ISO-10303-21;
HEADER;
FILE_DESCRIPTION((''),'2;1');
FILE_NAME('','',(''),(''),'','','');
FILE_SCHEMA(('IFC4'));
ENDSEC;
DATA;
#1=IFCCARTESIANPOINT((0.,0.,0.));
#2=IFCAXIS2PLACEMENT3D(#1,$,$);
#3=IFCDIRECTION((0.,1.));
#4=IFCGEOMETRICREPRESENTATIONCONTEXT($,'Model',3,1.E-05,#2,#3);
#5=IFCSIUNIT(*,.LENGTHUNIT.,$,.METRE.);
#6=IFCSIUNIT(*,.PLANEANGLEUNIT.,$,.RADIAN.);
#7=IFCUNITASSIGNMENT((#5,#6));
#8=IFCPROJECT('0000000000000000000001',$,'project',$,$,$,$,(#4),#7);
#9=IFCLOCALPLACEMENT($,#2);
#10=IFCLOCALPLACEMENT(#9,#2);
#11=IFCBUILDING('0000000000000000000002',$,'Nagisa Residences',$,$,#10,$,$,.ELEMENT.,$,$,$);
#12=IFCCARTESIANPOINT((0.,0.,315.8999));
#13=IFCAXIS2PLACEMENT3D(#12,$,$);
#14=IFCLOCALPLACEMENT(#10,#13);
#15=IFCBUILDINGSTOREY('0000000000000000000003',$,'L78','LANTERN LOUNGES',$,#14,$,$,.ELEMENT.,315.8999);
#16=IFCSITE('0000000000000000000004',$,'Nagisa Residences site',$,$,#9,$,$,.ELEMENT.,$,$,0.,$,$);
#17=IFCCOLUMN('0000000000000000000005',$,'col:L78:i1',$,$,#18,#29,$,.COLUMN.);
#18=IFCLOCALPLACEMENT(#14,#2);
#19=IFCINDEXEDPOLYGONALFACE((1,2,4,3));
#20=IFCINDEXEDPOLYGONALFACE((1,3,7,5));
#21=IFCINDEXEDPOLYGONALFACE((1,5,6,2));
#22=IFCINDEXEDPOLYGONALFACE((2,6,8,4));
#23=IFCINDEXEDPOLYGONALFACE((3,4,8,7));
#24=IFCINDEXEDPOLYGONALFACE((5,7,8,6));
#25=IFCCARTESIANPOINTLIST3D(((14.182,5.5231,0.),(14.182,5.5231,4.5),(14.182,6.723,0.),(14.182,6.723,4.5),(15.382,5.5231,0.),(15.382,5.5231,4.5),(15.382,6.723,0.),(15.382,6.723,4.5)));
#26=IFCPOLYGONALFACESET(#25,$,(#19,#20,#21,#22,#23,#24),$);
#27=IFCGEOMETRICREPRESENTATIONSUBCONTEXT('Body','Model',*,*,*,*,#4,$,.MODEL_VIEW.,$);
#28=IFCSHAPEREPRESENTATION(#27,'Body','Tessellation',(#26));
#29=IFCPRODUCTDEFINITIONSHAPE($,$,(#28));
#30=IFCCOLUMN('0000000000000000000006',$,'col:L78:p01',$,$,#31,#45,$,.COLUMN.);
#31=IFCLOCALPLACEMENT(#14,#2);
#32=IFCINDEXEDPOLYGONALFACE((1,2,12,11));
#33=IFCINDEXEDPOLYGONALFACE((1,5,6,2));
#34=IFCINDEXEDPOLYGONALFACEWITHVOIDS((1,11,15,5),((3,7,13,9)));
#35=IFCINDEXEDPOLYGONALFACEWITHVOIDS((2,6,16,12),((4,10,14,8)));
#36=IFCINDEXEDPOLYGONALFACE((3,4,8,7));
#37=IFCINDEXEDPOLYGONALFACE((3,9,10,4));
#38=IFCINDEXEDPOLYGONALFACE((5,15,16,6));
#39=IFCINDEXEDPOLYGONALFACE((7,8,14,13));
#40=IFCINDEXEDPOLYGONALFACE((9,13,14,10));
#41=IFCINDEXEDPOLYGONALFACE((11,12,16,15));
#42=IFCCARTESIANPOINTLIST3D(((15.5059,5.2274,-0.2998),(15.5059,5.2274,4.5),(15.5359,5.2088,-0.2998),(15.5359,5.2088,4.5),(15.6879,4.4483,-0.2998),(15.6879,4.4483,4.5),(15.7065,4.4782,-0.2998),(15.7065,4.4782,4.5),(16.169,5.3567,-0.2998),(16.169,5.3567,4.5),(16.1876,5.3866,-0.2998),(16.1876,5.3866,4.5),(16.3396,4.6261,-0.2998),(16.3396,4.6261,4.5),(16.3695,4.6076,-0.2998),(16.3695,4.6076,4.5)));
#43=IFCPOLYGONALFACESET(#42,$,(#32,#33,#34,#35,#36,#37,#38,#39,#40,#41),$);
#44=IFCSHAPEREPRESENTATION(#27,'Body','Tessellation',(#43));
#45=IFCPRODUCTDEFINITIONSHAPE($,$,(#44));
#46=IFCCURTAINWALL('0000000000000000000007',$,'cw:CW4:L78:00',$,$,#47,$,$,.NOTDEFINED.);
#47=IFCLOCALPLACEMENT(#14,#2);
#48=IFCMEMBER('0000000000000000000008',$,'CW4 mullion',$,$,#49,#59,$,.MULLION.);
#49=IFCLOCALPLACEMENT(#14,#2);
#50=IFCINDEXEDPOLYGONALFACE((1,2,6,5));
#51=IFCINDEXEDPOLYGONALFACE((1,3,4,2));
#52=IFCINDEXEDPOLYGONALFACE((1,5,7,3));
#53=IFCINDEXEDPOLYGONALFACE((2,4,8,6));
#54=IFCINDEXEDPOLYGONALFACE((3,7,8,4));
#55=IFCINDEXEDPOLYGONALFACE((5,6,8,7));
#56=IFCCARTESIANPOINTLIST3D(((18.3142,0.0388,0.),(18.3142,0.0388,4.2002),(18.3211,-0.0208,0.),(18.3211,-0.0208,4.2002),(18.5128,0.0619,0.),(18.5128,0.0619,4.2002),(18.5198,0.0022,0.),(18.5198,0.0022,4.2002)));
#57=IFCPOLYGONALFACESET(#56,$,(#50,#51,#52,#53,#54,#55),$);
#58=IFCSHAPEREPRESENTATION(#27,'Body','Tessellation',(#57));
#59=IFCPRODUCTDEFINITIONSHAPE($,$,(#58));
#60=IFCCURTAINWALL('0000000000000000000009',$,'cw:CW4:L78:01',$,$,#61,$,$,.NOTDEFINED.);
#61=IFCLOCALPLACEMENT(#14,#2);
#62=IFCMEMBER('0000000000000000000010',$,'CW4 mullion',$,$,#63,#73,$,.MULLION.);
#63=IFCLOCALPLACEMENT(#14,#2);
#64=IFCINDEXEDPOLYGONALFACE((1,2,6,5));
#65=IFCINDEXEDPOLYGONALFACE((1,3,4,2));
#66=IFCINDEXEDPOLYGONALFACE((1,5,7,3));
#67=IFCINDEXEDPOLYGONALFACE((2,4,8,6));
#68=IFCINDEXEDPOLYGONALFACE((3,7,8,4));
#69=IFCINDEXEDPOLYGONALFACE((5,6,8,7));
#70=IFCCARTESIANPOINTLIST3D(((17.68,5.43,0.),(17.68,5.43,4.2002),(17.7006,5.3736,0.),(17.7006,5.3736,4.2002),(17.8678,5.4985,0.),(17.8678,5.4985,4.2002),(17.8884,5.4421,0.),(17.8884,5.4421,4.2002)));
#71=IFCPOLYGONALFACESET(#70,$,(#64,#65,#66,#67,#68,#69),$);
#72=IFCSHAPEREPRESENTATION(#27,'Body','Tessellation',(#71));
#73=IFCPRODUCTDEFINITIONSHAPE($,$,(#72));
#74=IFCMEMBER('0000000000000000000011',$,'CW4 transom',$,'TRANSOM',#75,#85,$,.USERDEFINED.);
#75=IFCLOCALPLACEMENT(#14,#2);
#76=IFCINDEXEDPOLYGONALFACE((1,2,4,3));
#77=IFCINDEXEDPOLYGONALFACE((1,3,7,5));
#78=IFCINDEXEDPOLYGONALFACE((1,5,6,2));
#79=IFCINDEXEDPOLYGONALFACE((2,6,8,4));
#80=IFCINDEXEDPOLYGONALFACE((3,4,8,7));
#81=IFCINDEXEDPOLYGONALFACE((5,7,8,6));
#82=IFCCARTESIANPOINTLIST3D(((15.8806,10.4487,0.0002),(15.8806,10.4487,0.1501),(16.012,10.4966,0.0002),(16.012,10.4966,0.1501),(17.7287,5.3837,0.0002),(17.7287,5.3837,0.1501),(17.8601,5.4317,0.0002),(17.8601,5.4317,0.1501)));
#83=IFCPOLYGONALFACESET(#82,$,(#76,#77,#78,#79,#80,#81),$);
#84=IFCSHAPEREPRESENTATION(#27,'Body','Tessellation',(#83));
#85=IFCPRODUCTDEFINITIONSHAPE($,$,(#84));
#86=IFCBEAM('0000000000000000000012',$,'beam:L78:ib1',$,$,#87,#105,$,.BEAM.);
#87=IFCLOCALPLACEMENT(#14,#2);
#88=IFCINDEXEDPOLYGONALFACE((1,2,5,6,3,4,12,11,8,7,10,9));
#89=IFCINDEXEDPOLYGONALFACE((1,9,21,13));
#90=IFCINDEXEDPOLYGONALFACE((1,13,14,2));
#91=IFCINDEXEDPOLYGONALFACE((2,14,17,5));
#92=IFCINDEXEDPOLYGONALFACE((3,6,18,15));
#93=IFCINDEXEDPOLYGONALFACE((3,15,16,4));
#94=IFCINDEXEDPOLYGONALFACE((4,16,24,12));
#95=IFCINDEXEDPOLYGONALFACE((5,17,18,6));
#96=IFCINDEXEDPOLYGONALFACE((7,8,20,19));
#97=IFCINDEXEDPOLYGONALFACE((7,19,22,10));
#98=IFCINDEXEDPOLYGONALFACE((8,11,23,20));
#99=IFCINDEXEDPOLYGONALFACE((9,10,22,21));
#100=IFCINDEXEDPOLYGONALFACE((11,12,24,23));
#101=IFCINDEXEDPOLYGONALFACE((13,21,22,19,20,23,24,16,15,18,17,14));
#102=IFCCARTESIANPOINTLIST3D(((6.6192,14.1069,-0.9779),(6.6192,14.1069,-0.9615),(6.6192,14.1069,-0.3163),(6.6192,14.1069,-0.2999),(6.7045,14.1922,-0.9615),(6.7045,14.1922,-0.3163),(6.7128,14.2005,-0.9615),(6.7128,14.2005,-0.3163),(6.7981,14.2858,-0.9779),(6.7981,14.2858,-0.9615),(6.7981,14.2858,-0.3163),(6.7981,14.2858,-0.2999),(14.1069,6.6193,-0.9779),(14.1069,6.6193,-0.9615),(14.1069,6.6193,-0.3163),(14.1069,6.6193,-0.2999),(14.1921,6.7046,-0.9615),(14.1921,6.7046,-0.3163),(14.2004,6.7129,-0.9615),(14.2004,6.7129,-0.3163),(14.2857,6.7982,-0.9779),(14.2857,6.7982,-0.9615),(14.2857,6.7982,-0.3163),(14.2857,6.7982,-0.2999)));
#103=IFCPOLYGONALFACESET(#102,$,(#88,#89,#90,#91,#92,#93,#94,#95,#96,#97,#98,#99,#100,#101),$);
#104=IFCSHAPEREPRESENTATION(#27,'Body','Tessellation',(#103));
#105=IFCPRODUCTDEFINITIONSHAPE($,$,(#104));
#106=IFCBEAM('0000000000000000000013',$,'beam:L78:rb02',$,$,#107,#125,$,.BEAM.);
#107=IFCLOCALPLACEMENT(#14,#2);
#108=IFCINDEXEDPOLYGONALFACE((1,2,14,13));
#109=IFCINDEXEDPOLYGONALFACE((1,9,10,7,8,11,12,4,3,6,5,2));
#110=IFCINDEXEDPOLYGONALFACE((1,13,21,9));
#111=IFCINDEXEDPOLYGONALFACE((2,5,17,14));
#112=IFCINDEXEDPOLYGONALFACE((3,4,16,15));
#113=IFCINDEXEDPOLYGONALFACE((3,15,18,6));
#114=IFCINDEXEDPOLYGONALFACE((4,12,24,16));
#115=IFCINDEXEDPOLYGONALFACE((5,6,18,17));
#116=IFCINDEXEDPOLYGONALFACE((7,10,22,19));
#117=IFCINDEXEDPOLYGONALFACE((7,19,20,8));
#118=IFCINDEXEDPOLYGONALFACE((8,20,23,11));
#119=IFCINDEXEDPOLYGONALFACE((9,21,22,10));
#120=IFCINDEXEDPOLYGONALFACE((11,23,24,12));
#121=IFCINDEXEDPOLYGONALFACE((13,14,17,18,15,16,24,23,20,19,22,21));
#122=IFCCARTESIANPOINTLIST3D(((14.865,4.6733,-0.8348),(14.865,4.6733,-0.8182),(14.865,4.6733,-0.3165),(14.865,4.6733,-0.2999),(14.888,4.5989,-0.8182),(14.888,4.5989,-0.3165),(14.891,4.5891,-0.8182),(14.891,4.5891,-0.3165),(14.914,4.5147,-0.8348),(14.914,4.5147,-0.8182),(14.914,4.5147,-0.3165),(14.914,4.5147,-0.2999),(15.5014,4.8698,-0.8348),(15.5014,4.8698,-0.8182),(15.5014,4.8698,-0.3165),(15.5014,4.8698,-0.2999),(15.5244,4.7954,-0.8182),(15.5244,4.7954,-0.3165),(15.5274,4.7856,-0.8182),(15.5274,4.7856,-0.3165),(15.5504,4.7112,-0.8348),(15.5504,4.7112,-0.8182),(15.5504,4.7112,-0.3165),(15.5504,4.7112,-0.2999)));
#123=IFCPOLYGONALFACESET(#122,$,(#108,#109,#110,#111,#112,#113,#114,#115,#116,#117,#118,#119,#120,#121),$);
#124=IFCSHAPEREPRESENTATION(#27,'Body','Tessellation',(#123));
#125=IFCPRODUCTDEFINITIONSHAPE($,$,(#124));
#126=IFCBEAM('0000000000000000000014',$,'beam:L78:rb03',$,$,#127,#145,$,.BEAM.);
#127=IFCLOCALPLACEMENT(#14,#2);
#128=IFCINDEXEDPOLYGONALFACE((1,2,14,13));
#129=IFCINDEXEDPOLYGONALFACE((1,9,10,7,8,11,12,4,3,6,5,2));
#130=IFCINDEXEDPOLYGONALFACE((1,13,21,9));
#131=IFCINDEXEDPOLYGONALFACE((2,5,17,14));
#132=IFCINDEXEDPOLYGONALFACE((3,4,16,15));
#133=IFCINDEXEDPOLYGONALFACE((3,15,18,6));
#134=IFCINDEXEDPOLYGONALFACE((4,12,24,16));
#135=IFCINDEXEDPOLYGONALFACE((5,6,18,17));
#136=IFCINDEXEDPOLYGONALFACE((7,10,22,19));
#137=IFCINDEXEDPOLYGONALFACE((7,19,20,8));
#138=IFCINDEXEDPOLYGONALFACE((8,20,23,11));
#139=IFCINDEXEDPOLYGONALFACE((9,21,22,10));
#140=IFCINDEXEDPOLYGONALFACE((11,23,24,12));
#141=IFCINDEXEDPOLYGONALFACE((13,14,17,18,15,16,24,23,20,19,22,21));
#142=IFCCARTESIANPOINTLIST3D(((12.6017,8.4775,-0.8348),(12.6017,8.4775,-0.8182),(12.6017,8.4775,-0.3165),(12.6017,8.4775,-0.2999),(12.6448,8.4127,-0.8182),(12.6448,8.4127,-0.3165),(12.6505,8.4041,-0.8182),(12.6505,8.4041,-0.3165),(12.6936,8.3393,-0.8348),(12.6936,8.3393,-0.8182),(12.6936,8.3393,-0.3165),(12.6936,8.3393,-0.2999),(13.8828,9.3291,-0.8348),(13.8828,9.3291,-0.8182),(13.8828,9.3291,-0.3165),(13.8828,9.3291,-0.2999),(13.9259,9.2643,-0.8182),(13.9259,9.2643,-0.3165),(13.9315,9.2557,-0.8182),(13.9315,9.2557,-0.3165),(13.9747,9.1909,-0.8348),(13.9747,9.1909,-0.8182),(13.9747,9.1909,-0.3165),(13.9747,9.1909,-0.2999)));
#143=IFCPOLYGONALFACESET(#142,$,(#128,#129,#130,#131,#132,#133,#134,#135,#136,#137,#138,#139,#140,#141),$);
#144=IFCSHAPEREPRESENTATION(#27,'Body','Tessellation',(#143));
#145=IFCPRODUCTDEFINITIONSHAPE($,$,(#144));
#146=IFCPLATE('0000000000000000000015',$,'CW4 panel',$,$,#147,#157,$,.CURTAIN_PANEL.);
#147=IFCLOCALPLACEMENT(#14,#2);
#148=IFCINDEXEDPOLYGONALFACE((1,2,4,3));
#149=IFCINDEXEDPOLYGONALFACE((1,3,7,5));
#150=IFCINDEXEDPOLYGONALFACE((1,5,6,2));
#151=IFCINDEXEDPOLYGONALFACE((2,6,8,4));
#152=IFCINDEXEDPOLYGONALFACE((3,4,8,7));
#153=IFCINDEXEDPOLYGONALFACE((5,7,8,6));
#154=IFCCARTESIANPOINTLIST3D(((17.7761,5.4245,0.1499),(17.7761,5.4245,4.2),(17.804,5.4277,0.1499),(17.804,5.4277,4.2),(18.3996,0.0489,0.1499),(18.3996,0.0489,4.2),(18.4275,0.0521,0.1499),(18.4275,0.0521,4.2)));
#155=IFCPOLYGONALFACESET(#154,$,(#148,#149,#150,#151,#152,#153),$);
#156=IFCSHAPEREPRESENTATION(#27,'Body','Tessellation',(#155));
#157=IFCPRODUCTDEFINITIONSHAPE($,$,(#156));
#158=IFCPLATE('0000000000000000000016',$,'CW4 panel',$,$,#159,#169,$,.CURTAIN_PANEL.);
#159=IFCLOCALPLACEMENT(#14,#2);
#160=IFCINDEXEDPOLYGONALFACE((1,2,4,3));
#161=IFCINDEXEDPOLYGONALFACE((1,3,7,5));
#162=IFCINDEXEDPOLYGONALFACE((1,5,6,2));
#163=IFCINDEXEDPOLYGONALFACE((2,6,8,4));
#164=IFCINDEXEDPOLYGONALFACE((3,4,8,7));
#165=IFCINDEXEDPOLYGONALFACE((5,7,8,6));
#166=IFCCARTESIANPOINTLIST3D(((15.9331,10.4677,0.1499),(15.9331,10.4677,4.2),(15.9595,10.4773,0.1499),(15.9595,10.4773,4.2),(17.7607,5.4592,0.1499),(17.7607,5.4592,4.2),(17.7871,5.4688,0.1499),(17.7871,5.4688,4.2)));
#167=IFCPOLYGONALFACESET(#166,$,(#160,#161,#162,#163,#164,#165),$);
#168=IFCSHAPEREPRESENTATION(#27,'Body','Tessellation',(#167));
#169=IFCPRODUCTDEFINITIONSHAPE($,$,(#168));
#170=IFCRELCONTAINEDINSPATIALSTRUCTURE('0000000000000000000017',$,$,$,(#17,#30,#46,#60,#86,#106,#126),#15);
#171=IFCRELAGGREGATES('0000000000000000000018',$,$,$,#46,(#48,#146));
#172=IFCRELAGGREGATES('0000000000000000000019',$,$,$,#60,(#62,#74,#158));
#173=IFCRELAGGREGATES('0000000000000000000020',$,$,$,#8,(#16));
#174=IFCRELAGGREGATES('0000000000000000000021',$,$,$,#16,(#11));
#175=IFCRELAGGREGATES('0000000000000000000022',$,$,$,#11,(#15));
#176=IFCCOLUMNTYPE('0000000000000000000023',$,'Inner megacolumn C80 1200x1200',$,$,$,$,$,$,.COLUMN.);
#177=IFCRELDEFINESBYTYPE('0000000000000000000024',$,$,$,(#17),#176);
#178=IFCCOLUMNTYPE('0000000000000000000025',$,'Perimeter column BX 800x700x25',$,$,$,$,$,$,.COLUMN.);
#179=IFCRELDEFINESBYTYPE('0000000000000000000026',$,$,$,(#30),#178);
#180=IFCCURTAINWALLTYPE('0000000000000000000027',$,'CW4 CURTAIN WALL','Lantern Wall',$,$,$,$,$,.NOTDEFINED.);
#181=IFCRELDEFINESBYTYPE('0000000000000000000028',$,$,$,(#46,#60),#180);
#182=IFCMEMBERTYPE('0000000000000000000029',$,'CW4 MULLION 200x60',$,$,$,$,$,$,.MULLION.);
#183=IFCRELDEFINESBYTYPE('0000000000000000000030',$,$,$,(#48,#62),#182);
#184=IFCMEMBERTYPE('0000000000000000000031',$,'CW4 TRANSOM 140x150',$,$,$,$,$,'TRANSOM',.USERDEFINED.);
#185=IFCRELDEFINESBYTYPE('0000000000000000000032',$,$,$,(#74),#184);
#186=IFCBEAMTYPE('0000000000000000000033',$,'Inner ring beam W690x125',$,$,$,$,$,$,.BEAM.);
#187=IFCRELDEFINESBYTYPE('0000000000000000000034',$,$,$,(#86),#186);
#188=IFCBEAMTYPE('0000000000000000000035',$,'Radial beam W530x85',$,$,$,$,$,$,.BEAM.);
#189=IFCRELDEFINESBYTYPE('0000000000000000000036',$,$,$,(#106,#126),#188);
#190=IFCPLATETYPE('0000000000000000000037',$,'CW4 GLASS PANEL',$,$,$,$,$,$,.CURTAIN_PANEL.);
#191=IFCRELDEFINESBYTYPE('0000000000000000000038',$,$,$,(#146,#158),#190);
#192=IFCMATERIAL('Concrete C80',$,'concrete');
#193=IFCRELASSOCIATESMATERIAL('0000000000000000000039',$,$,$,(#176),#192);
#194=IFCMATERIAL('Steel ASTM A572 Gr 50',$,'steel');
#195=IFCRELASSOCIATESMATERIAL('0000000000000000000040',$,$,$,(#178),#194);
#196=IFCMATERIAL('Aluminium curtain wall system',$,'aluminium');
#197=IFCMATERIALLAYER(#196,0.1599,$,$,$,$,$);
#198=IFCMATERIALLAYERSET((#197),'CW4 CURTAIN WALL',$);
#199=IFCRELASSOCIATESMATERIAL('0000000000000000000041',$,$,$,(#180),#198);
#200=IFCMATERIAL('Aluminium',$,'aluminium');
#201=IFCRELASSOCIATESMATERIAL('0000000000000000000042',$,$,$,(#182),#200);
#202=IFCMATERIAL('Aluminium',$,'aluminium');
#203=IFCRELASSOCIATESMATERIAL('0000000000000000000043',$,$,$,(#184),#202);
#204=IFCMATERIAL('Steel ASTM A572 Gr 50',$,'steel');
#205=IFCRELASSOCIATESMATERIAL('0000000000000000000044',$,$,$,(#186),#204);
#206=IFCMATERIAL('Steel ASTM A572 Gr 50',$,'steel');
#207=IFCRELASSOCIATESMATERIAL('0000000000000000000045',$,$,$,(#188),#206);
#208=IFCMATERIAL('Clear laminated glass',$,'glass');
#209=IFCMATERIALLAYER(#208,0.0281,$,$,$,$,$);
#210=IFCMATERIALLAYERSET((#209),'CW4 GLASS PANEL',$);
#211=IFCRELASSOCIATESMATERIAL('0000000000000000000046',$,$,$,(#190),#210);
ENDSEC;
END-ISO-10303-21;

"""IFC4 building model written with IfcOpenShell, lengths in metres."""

from ifc_helpers import new_model, si_unit, direction, frame, origin, origin_2d, place, context, subcontext, project, spatial, rectangle, hollow_rectangle, i_section, extrude, material, layer, layer_set, material_profile, profile_set, type_object, element, aggregate, save


model = new_model("IFC4")

# Units and contexts
model_context = context("Model", 3, precision=1e-05, world=origin(), true_north=direction((0.0, 1.0)))
body_context = subcontext(model_context, "Body", "Model", "MODEL_VIEW")
ifc_project = project(units=[si_unit("LENGTHUNIT", "METRE"), si_unit("PLANEANGLEUNIT", "RADIAN")], contexts=[model_context])

# Site, building, storey
site_placement = place(None, origin())
site = spatial("IfcSite", under=ifc_project, at=site_placement, Name="Nagisa Residences site", CompositionType="ELEMENT", RefElevation=0.0)
building_placement = place(site_placement, origin())
building = spatial("IfcBuilding", under=site, at=building_placement, Name="Nagisa Residences", CompositionType="ELEMENT")
storey_placement = place(building_placement, frame((0.0, 0.0, 315.8999)))
storey = spatial("IfcBuildingStorey", under=building, at=storey_placement, Name="L78", Description="LANTERN LOUNGES", CompositionType="ELEMENT", Elevation=315.8999)

# Columns
ifc_material_1 = material(Name="Concrete C80", Category="concrete")
ifc_material_profile_1 = material_profile(ifc_material_1, rectangle(XDim=1.2, YDim=1.2, at=origin_2d()), Name="C80 1200x1200")
ifc_profile_set_1 = profile_set([ifc_material_profile_1], Name="Concrete C80")
column_type_1 = type_object("IfcColumnType", Name="Inner megacolumn C80 1200x1200", PredefinedType="COLUMN", material=ifc_profile_set_1)
column_1_placement = place(storey_placement, frame((14.782, 6.123, 0.0), z_axis=(0.0, 0.0, 1.0), x_axis=(1.0, 0.0, 0.0)))
element("IfcColumn", 1, at=column_1_placement, inside=storey, type_object=column_type_1, Name="col:L78:i1", PredefinedType="COLUMN", context=body_context, shape_type="SweptSolid", body=[
    extrude(rectangle(XDim=1.2, YDim=1.2, at=origin_2d()), origin(), (0.0, 0.0, 1.0), 4.5),
])
ifc_material_2 = material(Name="Steel ASTM A572 Gr 50", Category="steel")
ifc_material_profile_2 = material_profile(ifc_material_2, hollow_rectangle(XDim=0.8, YDim=0.7, WallThickness=0.0249, at=origin_2d()), Name="BX 800x700x25")
ifc_profile_set_2 = profile_set([ifc_material_profile_2], Name="Steel ASTM A572 Gr 50")
column_type_2 = type_object("IfcColumnType", Name="Perimeter column BX 800x700x25", PredefinedType="COLUMN", material=ifc_profile_set_2)
column_2_placement = place(storey_placement, frame((15.9377, 4.9175, -0.2998), z_axis=(0.0, 0.0, 1.0), x_axis=(-0.227473, 0.973784, 0.0)))
element("IfcColumn", 2, at=column_2_placement, inside=storey, type_object=column_type_2, Name="col:L78:p01", PredefinedType="COLUMN", context=body_context, shape_type="SweptSolid", body=[
    extrude(hollow_rectangle(XDim=0.8, YDim=0.7, WallThickness=0.0249, at=origin_2d()), origin(), (0.0, 0.0, 1.0), 4.7998),
])

# Curtain wall, member
ifc_material_3 = material(Name="Aluminium curtain wall system", Category="aluminium")
ifc_layer_1 = layer(ifc_material_3, 0.1599)
ifc_layer_set_1 = layer_set([ifc_layer_1], Name="CW4 CURTAIN WALL")
curtain_wall_type = type_object("IfcCurtainWallType", Name="CW4 CURTAIN WALL", Description="Lantern Wall", PredefinedType="NOTDEFINED", material=ifc_layer_set_1)
curtain_wall_1_placement = place(storey_placement, origin())
curtain_wall_1 = element("IfcCurtainWall", 3, at=curtain_wall_1_placement, inside=storey, type_object=curtain_wall_type, Name="cw:CW4:L78:00", PredefinedType="NOTDEFINED")
ifc_material_4 = material(Name="Aluminium", Category="aluminium")
ifc_material_profile_3 = material_profile(ifc_material_4, rectangle(XDim=0.2, YDim=0.0601, at=origin_2d()), Name="CW4 MULLION 200x60")
ifc_profile_set_3 = profile_set([ifc_material_profile_3], Name="Aluminium")
member_type_1 = type_object("IfcMemberType", Name="CW4 MULLION 200x60", PredefinedType="MULLION", material=ifc_profile_set_3)
member_1_placement = place(storey_placement, frame((18.417, 0.0205, 0.0), z_axis=(0.0, 0.0, 1.0), x_axis=(-0.993341, -0.115207, 0.0)))
member_1 = element("IfcMember", 4, at=member_1_placement, type_object=member_type_1, Name="CW4 mullion", PredefinedType="MULLION", context=body_context, shape_type="SweptSolid", body=[
    extrude(rectangle(XDim=0.2, YDim=0.0601, at=origin_2d()), origin(), (0.0, 0.0, 1.0), 4.2002),
])

# Curtain wall, members
curtain_wall_2_placement = place(storey_placement, origin())
curtain_wall_2 = element("IfcCurtainWall", 5, at=curtain_wall_2_placement, inside=storey, type_object=curtain_wall_type, Name="cw:CW4:L78:01", PredefinedType="NOTDEFINED")
member_2_placement = place(storey_placement, frame((17.7842, 5.436, 0.0), z_axis=(0.0, 0.0, 1.0), x_axis=(-0.939411, -0.342793, 0.0)))
member_2 = element("IfcMember", 6, at=member_2_placement, type_object=member_type_1, Name="CW4 mullion", PredefinedType="MULLION", context=body_context, shape_type="SweptSolid", body=[
    extrude(rectangle(XDim=0.2, YDim=0.0601, at=origin_2d()), origin(), (0.0, 0.0, 1.0), 4.2002),
])
ifc_material_5 = material(Name="Aluminium", Category="aluminium")
ifc_material_profile_4 = material_profile(ifc_material_5, rectangle(XDim=0.1399, YDim=0.1499, at=origin_2d()), Name="CW4 TRANSOM 140x150")
ifc_profile_set_4 = profile_set([ifc_material_profile_4], Name="Aluminium")
member_type_2 = type_object("IfcMemberType", Name="CW4 TRANSOM 140x150", ElementType="TRANSOM", PredefinedType="USERDEFINED", material=ifc_profile_set_4)
member_3_placement = place(storey_placement, frame((17.7944, 5.4077, 0.0752), z_axis=(-0.342783, 0.939415, 0.0), x_axis=(-0.939415, -0.342783, 0.0)))
member_3 = element("IfcMember", 7, at=member_3_placement, type_object=member_type_2, Name="CW4 transom", ObjectType="TRANSOM", PredefinedType="USERDEFINED", context=body_context, shape_type="SweptSolid", body=[
    extrude(rectangle(XDim=0.1399, YDim=0.1499, at=origin_2d()), origin(), (0.0, 0.0, 1.0), 5.3916),
])

# Beams
ifc_material_6 = material(Name="Steel ASTM A572 Gr 50", Category="steel")
ifc_material_profile_5 = material_profile(ifc_material_6, i_section(OverallWidth=0.2529, OverallDepth=0.678, WebThickness=0.0117, FlangeThickness=0.0164, at=origin_2d()), Name="W690x125")
ifc_profile_set_5 = profile_set([ifc_material_profile_5], Name="Steel ASTM A572 Gr 50")
beam_type_1 = type_object("IfcBeamType", Name="Inner ring beam W690x125", PredefinedType="BEAM", material=ifc_profile_set_5)
beam_1_placement = place(storey_placement, frame((14.1963, 6.7087, -0.6389), z_axis=(-0.707107, 0.707107, 0.0), x_axis=(-0.707107, -0.707107, 0.0)))
element("IfcBeam", 8, at=beam_1_placement, inside=storey, type_object=beam_type_1, Name="beam:L78:ib1", PredefinedType="BEAM", context=body_context, shape_type="SweptSolid", body=[
    extrude(i_section(OverallWidth=0.2529, OverallDepth=0.678, WebThickness=0.0117, FlangeThickness=0.0164, at=origin_2d()), origin(), (0.0, 0.0, 1.0), 10.5891),
])
ifc_material_7 = material(Name="Steel ASTM A572 Gr 50", Category="steel")
ifc_material_profile_6 = material_profile(ifc_material_7, i_section(OverallWidth=0.166, OverallDepth=0.5349, WebThickness=0.0103, FlangeThickness=0.0166, at=origin_2d()), Name="W530x85")
ifc_profile_set_6 = profile_set([ifc_material_profile_6], Name="Steel ASTM A572 Gr 50")
beam_type_2 = type_object("IfcBeamType", Name="Radial beam W530x85", PredefinedType="BEAM", material=ifc_profile_set_6)
beam_2_placement = place(storey_placement, frame((15.5259, 4.7905, -0.5674), z_axis=(-0.955485, -0.295039, 0.0), x_axis=(0.295039, -0.955485, 0.0)))
element("IfcBeam", 9, at=beam_2_placement, inside=storey, type_object=beam_type_2, Name="beam:L78:rb02", PredefinedType="BEAM", context=body_context, shape_type="SweptSolid", body=[
    extrude(i_section(OverallWidth=0.166, OverallDepth=0.5349, WebThickness=0.0103, FlangeThickness=0.0166, at=origin_2d()), origin(), (0.0, 0.0, 1.0), 0.666),
])
beam_3_placement = place(storey_placement, frame((13.9287, 9.26, -0.5674), z_axis=(-0.832782, -0.553601, 0.0), x_axis=(0.553601, -0.832782, 0.0)))
element("IfcBeam", 10, at=beam_3_placement, inside=storey, type_object=beam_type_2, Name="beam:L78:rb03", PredefinedType="BEAM", context=body_context, shape_type="SweptSolid", body=[
    extrude(i_section(OverallWidth=0.166, OverallDepth=0.5349, WebThickness=0.0103, FlangeThickness=0.0166, at=origin_2d()), origin(), (0.0, 0.0, 1.0), 1.5383),
])

# Plates
ifc_material_8 = material(Name="Clear laminated glass", Category="glass")
ifc_layer_2 = layer(ifc_material_8, 0.0281)
ifc_layer_set_2 = layer_set([ifc_layer_2], Name="CW4 GLASS PANEL")
plate_type = type_object("IfcPlateType", Name="CW4 GLASS PANEL", PredefinedType="CURTAIN_PANEL", material=ifc_layer_set_2)
plate_1_placement = place(storey_placement, frame((18.1018, 2.7383, 0.1499), z_axis=(0.0, 0.0, 1.0), x_axis=(-0.115207, 0.993341, 0.0)))
plate_1 = element("IfcPlate", 11, at=plate_1_placement, type_object=plate_type, Name="CW4 panel", PredefinedType="CURTAIN_PANEL", context=body_context, shape_type="SweptSolid", body=[
    extrude(rectangle(XDim=5.4116, YDim=0.0281, at=origin_2d()), origin(), (0.0, 0.0, 1.0), 4.05),
])
aggregate(curtain_wall_1, [member_1, plate_1])
plate_2_placement = place(storey_placement, frame((16.8601, 7.9683, 0.1499), z_axis=(0.0, 0.0, 1.0), x_axis=(-0.342793, 0.939411, 0.0)))
plate_2 = element("IfcPlate", 12, at=plate_2_placement, type_object=plate_type, Name="CW4 panel", PredefinedType="CURTAIN_PANEL", context=body_context, shape_type="SweptSolid", body=[
    extrude(rectangle(XDim=5.3315, YDim=0.0281, at=origin_2d()), origin(), (0.0, 0.0, 1.0), 4.05),
])
aggregate(curtain_wall_2, [member_2, member_3, plate_2])

save(model, "model.ifc")
